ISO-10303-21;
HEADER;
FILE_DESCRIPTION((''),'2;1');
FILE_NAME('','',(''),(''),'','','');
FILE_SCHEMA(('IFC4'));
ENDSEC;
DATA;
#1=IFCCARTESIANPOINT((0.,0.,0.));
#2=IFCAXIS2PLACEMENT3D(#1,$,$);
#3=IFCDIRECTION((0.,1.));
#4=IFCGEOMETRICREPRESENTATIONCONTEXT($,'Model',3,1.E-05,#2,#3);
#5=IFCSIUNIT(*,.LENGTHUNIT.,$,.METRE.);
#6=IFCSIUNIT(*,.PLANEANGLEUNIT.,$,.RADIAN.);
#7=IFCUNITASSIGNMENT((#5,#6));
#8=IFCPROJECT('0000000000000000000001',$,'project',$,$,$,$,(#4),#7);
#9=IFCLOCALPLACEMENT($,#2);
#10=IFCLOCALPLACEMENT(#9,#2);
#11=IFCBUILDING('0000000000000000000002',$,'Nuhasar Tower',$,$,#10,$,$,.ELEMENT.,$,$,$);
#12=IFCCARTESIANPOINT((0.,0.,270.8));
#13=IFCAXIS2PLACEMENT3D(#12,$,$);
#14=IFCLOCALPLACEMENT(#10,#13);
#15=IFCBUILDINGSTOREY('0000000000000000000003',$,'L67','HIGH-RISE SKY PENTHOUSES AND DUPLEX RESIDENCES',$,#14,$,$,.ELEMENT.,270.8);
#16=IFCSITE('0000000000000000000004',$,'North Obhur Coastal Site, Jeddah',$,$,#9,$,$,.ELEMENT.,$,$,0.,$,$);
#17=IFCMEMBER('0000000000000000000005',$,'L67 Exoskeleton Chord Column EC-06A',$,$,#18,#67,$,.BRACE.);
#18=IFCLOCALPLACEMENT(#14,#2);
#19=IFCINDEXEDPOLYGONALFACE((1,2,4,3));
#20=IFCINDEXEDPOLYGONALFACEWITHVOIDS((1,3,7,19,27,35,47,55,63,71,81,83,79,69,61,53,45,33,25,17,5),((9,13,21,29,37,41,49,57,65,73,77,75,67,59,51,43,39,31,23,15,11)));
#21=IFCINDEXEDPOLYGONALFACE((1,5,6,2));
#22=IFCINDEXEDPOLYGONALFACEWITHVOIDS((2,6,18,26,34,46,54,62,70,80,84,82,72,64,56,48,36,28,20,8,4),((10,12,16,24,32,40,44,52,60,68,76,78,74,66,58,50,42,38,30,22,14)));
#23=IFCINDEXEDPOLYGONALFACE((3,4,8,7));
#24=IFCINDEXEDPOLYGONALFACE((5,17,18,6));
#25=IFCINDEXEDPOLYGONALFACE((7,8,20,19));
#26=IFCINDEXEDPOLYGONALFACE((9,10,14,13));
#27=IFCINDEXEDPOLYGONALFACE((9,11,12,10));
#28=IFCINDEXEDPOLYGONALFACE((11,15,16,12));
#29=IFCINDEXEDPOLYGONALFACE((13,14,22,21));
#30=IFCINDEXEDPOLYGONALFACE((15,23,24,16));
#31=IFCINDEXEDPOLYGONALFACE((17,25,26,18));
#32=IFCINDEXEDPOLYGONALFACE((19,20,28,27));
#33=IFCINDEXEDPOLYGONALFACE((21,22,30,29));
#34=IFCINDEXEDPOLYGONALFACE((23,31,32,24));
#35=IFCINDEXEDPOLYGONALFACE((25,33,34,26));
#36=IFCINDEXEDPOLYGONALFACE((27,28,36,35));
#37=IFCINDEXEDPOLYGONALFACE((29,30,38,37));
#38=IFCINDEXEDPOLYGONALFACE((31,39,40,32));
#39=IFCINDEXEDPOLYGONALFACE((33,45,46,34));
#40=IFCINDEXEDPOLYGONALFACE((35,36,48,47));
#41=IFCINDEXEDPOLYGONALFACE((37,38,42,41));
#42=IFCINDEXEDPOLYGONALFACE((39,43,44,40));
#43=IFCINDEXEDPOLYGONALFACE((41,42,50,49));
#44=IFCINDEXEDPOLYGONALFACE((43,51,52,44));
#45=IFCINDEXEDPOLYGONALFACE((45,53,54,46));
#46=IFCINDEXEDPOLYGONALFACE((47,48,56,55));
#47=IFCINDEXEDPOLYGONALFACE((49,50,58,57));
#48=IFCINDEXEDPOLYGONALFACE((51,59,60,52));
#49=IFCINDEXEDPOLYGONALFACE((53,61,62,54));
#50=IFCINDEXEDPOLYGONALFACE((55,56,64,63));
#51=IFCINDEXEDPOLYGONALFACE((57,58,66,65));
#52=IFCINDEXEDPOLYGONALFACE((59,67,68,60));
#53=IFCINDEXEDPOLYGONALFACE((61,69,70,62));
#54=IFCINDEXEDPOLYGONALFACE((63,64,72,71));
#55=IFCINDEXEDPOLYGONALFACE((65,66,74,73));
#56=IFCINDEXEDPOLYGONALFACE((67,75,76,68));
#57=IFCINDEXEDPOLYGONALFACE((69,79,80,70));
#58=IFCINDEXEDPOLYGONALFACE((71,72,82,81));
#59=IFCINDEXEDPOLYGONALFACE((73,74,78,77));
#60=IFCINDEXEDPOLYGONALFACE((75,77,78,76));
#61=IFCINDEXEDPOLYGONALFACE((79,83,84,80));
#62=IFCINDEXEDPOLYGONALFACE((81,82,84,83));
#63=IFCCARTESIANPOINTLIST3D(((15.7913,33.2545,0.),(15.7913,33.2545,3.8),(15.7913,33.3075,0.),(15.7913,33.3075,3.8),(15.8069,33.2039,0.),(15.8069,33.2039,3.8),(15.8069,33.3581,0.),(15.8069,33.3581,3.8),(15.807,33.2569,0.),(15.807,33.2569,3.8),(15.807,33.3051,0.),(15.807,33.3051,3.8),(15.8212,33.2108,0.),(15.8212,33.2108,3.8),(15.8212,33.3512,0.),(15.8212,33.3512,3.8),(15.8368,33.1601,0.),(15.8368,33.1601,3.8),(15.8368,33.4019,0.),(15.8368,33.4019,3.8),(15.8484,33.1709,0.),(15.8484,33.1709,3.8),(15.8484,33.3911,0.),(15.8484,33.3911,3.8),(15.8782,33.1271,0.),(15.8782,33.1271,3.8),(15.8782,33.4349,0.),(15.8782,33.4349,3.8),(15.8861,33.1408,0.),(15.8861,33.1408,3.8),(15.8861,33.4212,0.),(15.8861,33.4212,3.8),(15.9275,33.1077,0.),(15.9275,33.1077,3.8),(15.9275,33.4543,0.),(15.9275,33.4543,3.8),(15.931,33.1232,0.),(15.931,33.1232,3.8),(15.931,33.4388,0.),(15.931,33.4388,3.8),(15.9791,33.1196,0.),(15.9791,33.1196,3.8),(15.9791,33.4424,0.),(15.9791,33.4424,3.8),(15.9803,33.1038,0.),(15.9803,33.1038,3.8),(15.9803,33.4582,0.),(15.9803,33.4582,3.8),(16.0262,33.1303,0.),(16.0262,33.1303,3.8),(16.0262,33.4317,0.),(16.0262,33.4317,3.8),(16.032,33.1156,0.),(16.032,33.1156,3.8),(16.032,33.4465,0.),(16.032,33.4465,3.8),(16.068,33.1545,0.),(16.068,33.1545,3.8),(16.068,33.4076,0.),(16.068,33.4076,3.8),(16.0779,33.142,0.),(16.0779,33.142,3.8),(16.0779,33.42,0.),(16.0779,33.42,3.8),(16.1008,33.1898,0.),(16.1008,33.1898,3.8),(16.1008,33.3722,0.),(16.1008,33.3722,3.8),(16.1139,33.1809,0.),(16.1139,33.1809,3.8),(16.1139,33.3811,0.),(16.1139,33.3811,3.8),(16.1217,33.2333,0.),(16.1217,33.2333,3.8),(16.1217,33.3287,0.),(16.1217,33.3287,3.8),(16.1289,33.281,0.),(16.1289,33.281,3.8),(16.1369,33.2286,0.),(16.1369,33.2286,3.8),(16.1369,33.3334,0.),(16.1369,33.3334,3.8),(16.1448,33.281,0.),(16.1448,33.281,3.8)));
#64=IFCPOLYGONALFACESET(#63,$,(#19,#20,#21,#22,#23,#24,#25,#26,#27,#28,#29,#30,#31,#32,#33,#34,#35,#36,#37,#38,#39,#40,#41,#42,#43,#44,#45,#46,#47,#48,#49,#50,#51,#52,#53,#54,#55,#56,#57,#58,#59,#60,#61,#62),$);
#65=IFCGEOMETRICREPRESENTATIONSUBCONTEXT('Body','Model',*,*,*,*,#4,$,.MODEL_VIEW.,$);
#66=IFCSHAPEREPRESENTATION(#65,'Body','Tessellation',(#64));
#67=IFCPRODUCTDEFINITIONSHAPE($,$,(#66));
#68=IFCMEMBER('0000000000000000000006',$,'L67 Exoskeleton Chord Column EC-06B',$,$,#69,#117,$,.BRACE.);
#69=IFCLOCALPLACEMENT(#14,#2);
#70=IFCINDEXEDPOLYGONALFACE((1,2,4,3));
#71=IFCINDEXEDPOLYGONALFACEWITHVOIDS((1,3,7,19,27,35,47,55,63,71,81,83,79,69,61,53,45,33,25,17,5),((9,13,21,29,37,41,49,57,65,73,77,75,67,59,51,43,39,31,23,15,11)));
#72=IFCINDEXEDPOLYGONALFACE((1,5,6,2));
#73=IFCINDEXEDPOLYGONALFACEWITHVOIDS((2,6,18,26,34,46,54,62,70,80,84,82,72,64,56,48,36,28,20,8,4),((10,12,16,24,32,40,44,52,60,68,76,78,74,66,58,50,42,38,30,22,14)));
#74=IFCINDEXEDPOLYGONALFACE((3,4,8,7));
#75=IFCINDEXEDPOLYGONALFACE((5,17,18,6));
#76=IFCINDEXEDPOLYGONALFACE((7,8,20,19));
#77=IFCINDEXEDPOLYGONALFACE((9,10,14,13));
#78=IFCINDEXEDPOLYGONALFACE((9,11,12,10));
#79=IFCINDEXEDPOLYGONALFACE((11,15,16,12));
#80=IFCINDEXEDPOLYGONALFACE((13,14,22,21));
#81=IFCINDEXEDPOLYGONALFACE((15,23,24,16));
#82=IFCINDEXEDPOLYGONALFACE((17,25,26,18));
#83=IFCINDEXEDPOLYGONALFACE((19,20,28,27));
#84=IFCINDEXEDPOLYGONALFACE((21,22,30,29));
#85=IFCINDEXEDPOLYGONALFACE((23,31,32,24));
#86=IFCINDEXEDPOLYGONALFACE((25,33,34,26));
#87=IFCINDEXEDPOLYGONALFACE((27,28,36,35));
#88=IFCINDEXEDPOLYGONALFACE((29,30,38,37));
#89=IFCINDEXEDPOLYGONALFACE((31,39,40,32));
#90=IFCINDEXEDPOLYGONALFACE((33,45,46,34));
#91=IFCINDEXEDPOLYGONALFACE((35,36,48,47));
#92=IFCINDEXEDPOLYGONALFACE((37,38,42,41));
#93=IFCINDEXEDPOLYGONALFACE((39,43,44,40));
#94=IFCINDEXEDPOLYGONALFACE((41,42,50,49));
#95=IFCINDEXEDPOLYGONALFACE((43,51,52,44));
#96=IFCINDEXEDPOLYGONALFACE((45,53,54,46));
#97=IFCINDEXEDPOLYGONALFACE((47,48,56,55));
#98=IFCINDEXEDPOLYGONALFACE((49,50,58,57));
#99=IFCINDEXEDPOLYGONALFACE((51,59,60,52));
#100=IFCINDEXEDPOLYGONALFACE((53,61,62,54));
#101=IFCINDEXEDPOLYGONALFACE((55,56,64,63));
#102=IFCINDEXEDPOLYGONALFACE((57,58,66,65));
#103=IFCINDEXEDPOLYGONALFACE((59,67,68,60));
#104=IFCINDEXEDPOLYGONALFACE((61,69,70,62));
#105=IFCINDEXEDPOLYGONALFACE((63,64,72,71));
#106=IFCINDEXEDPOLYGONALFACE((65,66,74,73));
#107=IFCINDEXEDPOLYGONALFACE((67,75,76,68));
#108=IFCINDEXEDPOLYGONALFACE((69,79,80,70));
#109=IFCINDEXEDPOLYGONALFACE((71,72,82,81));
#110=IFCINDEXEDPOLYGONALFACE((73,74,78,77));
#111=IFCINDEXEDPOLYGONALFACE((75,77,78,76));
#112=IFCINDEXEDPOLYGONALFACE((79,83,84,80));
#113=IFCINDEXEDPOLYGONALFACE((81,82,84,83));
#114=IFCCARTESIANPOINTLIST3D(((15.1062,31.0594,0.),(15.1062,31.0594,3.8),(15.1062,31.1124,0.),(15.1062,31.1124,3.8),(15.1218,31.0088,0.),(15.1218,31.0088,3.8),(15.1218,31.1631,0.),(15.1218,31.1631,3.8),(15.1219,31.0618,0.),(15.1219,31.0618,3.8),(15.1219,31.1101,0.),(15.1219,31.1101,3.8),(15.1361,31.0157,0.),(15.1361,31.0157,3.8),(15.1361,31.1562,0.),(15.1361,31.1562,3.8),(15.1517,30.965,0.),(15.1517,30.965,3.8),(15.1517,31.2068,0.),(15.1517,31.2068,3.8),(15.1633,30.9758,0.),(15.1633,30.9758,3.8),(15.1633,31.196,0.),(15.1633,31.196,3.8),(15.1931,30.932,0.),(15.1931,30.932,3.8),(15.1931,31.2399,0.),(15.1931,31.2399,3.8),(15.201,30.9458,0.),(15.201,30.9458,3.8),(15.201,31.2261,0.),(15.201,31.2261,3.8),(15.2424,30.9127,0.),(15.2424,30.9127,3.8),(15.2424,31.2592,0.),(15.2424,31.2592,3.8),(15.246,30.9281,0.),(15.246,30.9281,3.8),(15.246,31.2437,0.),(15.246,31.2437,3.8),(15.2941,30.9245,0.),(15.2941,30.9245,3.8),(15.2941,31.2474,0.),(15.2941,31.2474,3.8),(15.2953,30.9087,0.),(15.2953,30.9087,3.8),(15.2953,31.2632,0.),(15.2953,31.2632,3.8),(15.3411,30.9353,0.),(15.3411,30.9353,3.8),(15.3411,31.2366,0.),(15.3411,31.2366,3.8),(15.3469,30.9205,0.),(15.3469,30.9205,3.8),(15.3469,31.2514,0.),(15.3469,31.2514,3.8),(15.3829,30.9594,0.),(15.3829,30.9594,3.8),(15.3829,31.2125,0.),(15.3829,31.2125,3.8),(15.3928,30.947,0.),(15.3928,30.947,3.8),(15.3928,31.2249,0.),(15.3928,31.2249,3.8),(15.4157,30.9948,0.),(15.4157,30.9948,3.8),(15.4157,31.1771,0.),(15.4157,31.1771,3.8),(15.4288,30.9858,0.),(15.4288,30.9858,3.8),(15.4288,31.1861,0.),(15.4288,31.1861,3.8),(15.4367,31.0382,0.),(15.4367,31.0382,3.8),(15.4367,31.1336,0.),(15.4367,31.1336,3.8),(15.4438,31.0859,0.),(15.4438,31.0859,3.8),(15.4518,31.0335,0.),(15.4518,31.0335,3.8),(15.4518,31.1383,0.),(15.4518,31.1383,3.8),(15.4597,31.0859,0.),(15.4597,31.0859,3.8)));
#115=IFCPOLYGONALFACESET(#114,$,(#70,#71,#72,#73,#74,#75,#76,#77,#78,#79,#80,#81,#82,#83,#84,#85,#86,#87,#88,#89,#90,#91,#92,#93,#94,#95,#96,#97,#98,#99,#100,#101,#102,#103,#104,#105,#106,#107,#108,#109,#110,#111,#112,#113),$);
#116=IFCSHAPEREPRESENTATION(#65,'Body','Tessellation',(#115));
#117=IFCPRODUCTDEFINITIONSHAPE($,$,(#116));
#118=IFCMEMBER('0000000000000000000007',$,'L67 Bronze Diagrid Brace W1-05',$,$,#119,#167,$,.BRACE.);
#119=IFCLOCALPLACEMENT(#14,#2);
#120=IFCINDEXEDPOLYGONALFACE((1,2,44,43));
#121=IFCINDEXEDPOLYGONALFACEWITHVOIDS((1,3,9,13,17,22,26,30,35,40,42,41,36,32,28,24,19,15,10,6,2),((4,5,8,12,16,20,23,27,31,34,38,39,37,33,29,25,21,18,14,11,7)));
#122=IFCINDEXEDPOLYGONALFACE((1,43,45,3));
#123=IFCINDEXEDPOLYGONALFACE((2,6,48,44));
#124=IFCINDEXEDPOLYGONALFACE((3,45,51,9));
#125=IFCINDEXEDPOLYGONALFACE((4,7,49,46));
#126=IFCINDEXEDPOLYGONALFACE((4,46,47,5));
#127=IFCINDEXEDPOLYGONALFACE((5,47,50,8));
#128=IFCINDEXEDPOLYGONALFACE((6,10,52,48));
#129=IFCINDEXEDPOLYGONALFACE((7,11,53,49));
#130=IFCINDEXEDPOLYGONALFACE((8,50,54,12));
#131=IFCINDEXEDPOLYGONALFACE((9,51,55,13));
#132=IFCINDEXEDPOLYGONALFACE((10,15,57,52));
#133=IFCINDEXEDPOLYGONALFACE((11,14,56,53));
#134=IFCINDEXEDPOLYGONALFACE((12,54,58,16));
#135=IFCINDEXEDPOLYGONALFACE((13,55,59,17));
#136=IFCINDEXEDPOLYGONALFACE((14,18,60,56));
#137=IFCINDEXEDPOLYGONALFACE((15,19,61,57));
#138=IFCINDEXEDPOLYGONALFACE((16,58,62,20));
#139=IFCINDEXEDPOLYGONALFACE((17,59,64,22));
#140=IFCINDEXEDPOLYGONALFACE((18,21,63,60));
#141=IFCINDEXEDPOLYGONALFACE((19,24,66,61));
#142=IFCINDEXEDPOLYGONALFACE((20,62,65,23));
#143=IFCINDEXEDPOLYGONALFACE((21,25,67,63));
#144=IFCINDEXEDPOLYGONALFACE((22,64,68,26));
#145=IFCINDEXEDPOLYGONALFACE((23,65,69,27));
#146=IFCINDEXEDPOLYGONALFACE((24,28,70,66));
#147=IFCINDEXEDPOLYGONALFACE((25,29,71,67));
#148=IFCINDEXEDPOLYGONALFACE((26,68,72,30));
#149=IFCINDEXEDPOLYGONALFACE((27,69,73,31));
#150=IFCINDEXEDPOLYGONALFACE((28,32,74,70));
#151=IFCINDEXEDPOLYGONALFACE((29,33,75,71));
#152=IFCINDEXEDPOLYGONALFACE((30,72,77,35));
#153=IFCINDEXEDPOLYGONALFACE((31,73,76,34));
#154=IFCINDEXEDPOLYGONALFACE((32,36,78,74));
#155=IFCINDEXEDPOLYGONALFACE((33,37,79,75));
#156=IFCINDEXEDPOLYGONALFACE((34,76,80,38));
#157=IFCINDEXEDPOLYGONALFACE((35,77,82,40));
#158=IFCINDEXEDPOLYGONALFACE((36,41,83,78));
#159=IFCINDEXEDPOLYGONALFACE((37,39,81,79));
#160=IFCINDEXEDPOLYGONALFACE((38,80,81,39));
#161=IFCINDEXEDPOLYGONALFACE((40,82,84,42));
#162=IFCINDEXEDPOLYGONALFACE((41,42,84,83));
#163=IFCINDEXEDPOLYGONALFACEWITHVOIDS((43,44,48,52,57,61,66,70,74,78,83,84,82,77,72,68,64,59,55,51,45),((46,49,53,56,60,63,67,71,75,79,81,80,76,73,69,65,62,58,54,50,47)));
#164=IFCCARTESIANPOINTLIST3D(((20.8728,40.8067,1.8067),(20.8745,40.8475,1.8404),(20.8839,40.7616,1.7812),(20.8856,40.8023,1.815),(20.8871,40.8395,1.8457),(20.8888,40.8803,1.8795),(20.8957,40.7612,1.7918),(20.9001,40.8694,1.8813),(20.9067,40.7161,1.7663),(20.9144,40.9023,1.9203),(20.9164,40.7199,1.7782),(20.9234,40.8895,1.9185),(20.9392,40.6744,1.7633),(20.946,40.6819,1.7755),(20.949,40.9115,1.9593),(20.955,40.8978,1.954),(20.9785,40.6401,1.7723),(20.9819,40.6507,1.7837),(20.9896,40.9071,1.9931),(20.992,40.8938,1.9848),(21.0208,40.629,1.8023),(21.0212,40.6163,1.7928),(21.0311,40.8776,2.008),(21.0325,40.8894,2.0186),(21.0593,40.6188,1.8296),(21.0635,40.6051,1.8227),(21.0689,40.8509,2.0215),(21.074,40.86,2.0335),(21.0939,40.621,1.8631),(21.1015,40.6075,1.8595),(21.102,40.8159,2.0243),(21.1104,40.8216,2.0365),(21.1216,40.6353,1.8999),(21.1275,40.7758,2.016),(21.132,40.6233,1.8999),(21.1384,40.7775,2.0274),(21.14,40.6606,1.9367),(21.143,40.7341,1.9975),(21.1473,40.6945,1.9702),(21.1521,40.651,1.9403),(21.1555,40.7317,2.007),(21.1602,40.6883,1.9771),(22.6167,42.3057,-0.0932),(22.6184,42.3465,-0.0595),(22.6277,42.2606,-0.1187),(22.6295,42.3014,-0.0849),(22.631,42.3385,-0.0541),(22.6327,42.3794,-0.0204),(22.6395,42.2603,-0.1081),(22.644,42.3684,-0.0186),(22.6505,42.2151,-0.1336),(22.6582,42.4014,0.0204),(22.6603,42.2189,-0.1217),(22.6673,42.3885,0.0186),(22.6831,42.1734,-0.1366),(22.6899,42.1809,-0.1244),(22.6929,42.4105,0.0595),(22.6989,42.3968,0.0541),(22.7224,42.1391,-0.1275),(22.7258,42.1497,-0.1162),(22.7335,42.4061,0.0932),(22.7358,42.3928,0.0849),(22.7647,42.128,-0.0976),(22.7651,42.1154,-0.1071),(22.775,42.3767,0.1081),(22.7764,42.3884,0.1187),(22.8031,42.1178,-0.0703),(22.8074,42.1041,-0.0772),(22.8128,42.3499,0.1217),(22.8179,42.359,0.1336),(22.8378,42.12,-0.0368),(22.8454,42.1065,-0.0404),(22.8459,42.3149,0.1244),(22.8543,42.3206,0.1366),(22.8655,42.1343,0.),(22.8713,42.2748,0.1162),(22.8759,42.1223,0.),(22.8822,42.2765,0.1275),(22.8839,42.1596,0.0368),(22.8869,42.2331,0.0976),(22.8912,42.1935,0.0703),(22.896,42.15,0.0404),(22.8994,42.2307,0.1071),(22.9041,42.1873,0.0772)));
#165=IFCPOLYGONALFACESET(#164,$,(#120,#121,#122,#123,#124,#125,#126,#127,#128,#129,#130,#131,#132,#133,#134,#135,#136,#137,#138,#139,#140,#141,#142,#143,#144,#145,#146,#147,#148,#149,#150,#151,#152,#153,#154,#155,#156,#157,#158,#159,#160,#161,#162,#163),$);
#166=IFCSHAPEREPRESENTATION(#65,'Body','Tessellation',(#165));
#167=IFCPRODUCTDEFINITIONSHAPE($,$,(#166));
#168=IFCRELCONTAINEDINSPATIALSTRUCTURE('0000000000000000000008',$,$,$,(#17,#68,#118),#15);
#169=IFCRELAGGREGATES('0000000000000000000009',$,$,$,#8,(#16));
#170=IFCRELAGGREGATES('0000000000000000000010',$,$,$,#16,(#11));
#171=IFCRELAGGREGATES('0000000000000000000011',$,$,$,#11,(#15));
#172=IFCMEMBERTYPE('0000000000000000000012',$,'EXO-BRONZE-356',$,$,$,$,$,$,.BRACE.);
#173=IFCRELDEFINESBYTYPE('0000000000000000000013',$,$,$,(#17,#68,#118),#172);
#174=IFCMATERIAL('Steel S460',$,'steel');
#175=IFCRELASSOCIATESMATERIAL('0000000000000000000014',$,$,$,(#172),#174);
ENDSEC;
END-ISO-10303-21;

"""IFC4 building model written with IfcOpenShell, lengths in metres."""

from ifc_helpers import new_model, si_unit, direction, frame, origin, origin_2d, place, context, subcontext, project, spatial, hollow_circle, extrude, material, material_profile, profile_set, type_object, element, save


model = new_model("IFC4")

# Units and contexts
model_context = context("Model", 3, precision=1e-05, world=origin(), true_north=direction((0.0, 1.0)))
body_context = subcontext(model_context, "Body", "Model", "MODEL_VIEW")
ifc_project = project(units=[si_unit("LENGTHUNIT", "METRE"), si_unit("PLANEANGLEUNIT", "RADIAN")], contexts=[model_context])

# Site, building, storey
site_placement = place(None, origin())
site = spatial("IfcSite", under=ifc_project, at=site_placement, Name="North Obhur Coastal Site, Jeddah", CompositionType="ELEMENT", RefElevation=0.0)
building_placement = place(site_placement, origin())
building = spatial("IfcBuilding", under=site, at=building_placement, Name="Nuhasar Tower", CompositionType="ELEMENT")
storey_placement = place(building_placement, frame((0.0, 0.0, 270.8)))
storey = spatial("IfcBuildingStorey", under=building, at=storey_placement, Name="L67", Description="HIGH-RISE SKY PENTHOUSES AND DUPLEX RESIDENCES", CompositionType="ELEMENT", Elevation=270.8)

# Members
ifc_material_1 = material(Name="Steel S460", Category="steel")
ifc_material_profile_1 = material_profile(ifc_material_1, hollow_circle(Radius=0.1777, WallThickness=0.0159, at=origin_2d()), Name="HSS355.6X15.9")
ifc_profile_set_1 = profile_set([ifc_material_profile_1], Name="Steel S460")
member_type_1 = type_object("IfcMemberType", Name="EXO-BRONZE-356", PredefinedType="BRACE", material=ifc_profile_set_1)
for number, where, z_axis, x_axis, name in (
    (1, (15.967, 33.281, 0.0), (0.0, 0.0, 1.0), (1.0, 0.0, 0.0), "L67 Exoskeleton Chord Column EC-06A"),
    (2, (15.282, 31.0859, 0.0), (0.0, 0.0, 1.0), (1.0, 0.0, 0.0), "L67 Exoskeleton Chord Column EC-06B"),
):
    element("IfcMember", number, at=place(storey_placement, frame(where, z_axis=z_axis, x_axis=x_axis)), inside=storey, type_object=member_type_1, Name=name, PredefinedType="BRACE", context=body_context, shape_type="SweptSolid", body=[
        extrude(hollow_circle(Radius=0.1777, WallThickness=0.0159, at=origin_2d()), origin(), (0.0, 0.0, 1.0), 3.8),
    ])
member_1_placement = place(storey_placement, frame((22.76, 42.2571, 0.0), z_axis=(-0.584625, -0.502534, 0.636925), x_axis=(0.651857, -0.758342, 0.0)))
element("IfcMember", 3, at=member_1_placement, inside=storey, type_object=member_type_1, Name="L67 Bronze Diagrid Brace W1-05", PredefinedType="BRACE", context=body_context, shape_type="SweptSolid", body=[
    extrude(hollow_circle(Radius=0.1777, WallThickness=0.0159, at=origin_2d()), origin(), (0.0, 0.0, 1.0), 2.9829),
])

save(model, "model.ifc")
